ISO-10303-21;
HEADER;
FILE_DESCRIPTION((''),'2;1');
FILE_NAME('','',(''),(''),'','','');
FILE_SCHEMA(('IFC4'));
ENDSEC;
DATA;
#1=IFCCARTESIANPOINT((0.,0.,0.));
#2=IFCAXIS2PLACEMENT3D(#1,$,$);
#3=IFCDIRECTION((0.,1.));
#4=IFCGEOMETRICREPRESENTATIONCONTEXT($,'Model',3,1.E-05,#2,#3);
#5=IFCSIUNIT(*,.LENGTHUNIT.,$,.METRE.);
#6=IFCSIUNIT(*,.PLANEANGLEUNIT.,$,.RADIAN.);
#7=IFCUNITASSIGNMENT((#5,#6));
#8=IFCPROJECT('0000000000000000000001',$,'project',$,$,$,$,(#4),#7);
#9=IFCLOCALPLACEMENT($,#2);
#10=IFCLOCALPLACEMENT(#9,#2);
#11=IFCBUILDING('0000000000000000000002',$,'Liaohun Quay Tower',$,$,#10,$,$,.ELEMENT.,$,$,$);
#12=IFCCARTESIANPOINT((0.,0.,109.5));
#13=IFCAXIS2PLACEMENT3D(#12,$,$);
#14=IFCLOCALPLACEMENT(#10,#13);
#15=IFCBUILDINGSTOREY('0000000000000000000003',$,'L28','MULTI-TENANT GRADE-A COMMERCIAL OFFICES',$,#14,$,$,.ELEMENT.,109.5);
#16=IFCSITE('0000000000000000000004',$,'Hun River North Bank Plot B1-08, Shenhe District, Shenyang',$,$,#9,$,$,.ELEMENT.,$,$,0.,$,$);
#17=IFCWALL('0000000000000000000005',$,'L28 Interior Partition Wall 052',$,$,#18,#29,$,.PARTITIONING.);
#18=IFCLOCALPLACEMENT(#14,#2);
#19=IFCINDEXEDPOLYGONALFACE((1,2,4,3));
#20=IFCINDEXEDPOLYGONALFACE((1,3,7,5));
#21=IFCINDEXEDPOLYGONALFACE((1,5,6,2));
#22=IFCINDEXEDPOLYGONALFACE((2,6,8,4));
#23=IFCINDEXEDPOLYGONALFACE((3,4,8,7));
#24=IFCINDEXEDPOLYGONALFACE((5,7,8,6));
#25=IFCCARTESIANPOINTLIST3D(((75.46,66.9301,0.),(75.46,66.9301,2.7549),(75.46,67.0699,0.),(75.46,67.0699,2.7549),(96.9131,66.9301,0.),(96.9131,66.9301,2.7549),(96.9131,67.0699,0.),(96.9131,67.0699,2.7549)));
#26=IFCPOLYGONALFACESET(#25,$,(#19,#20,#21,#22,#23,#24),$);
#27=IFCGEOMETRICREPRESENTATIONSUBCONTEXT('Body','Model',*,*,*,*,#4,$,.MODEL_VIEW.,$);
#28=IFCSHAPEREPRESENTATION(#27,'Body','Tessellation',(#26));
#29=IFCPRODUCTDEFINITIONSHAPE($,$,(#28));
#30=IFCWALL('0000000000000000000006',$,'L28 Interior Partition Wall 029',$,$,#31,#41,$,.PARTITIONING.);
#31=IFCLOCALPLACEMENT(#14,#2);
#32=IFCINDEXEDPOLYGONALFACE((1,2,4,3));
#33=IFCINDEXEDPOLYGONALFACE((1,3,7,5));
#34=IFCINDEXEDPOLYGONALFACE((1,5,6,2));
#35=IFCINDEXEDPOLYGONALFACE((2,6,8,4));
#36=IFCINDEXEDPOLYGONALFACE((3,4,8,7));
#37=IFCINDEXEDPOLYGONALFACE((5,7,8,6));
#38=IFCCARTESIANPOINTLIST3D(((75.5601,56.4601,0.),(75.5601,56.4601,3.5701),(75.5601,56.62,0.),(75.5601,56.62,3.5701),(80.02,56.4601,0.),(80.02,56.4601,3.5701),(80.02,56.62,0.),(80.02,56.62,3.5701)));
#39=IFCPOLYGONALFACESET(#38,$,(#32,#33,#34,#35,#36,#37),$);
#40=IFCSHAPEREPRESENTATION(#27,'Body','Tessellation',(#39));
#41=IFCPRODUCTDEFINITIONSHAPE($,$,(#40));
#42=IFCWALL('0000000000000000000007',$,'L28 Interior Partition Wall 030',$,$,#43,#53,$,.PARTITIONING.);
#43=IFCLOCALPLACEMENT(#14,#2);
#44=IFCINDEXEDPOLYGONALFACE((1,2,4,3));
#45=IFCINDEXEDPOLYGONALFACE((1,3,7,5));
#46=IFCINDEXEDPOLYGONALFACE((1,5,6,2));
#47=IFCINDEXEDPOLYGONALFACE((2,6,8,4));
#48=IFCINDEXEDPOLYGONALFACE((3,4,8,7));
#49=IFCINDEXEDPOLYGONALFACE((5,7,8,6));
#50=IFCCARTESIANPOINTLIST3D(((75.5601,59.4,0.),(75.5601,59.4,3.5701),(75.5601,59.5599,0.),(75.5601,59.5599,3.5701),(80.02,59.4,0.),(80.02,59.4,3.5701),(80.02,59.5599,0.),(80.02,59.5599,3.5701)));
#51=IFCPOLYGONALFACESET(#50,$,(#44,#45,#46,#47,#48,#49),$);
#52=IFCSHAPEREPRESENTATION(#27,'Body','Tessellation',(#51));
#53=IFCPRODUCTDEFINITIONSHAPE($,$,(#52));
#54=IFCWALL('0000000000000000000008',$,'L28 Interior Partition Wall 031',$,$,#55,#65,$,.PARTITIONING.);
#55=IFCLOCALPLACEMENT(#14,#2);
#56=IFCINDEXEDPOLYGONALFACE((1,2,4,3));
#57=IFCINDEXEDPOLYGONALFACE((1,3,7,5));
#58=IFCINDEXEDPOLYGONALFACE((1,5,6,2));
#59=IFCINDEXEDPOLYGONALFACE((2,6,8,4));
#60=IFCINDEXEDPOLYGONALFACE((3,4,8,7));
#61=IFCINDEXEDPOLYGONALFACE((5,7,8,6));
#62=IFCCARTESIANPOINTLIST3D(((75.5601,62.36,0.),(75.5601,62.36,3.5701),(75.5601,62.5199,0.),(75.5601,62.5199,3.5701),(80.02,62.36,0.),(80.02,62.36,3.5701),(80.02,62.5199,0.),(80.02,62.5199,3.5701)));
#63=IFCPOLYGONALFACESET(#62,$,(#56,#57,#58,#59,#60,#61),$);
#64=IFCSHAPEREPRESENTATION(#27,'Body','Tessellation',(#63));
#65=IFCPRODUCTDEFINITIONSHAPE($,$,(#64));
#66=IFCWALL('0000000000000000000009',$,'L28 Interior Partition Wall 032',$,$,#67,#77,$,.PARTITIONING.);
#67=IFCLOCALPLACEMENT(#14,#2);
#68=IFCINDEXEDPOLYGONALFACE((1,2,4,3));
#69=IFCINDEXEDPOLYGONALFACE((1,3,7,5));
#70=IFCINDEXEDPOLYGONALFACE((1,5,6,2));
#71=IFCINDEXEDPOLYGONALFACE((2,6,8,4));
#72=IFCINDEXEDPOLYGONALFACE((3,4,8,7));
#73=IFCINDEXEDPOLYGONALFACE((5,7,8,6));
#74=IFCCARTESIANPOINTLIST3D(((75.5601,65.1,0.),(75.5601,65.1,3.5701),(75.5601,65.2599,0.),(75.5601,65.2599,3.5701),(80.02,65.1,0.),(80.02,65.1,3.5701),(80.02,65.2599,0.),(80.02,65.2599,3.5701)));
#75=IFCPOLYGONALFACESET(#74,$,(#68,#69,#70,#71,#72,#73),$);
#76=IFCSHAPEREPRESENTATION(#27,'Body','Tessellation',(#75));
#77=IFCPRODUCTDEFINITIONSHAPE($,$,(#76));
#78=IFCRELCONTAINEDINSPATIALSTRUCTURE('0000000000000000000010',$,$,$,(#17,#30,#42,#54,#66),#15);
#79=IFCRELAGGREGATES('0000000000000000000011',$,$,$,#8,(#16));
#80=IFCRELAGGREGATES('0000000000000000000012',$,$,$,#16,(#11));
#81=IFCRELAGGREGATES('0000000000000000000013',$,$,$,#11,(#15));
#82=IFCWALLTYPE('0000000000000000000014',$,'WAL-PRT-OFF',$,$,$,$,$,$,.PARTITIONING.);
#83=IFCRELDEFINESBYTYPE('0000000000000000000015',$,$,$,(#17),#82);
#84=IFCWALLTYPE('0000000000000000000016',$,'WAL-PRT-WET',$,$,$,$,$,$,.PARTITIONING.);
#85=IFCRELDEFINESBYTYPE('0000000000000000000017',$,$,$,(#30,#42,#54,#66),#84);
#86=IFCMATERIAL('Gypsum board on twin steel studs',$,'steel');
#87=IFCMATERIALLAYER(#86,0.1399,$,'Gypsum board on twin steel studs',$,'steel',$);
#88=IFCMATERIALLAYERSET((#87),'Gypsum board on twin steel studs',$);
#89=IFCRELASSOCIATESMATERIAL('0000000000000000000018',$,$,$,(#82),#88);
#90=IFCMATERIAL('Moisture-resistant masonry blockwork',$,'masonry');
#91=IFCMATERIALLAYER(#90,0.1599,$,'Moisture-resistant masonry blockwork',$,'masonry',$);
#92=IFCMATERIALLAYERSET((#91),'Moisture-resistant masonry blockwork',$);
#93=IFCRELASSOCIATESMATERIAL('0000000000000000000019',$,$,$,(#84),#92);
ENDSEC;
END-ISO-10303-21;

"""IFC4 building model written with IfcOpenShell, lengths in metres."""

from ifc_helpers import new_model, si_unit, direction, frame, frame_2d, origin, place, context, subcontext, project, spatial, rectangle, extrude, material, layer, layer_set, type_object, element, save


model = new_model("IFC4")

# Units and contexts
model_context = context("Model", 3, precision=1e-05, world=origin(), true_north=direction((0.0, 1.0)))
body_context = subcontext(model_context, "Body", "Model", "MODEL_VIEW")
ifc_project = project(units=[si_unit("LENGTHUNIT", "METRE"), si_unit("PLANEANGLEUNIT", "RADIAN")], contexts=[model_context])

# Site, building, storey
site_placement = place(None, origin())
site = spatial("IfcSite", under=ifc_project, at=site_placement, Name="Hun River North Bank Plot B1-08, Shenhe District, Shenyang", CompositionType="ELEMENT", RefElevation=0.0)
building_placement = place(site_placement, origin())
building = spatial("IfcBuilding", under=site, at=building_placement, Name="Liaohun Quay Tower", CompositionType="ELEMENT")
storey_placement = place(building_placement, frame((0.0, 0.0, 109.5)))
storey = spatial("IfcBuildingStorey", under=building, at=storey_placement, Name="L28", Description="MULTI-TENANT GRADE-A COMMERCIAL OFFICES", CompositionType="ELEMENT", Elevation=109.5)

# Wall
ifc_material_1 = material(Name="Gypsum board on twin steel studs", Category="steel")
ifc_layer_1 = layer(ifc_material_1, 0.1399, Name="Gypsum board on twin steel studs", Category="steel")
ifc_layer_set_1 = layer_set([ifc_layer_1], Name="Gypsum board on twin steel studs")
wall_type_1 = type_object("IfcWallType", Name="WAL-PRT-OFF", PredefinedType="PARTITIONING", material=ifc_layer_set_1)
wall_1_placement = place(storey_placement, frame((75.46, 67.0, 0.0), z_axis=(0.0, 0.0, 1.0), x_axis=(1.0, 0.0, 0.0)))
element("IfcWall", 1, at=wall_1_placement, inside=storey, type_object=wall_type_1, Name="L28 Interior Partition Wall 052", PredefinedType="PARTITIONING", context=body_context, shape_type="SweptSolid", body=[
    extrude(rectangle(XDim=21.4531, YDim=0.1399, at=frame_2d((10.7266, 0.0))), origin(), (0.0, 0.0, 1.0), 2.7549),
])

# Shared definitions
ifc_material_2 = material(Name="Moisture-resistant masonry blockwork", Category="masonry")
ifc_layer_2 = layer(ifc_material_2, 0.1599, Name="Moisture-resistant masonry blockwork", Category="masonry")
ifc_layer_set_2 = layer_set([ifc_layer_2], Name="Moisture-resistant masonry blockwork")
wall_type_2 = type_object("IfcWallType", Name="WAL-PRT-WET", PredefinedType="PARTITIONING", material=ifc_layer_set_2)

# Walls
for number, where, z_axis, x_axis, name in (
    (2, (75.5601, 56.54, 0.0), (0.0, 0.0, 1.0), (1.0, 0.0, 0.0), "L28 Interior Partition Wall 029"),
    (3, (75.5601, 59.48, 0.0), (0.0, 0.0, 1.0), (1.0, 0.0, 0.0), "L28 Interior Partition Wall 030"),
    (4, (75.5601, 62.4399, 0.0), (0.0, 0.0, 1.0), (1.0, 0.0, 0.0), "L28 Interior Partition Wall 031"),
    (5, (75.5601, 65.1799, 0.0), (0.0, 0.0, 1.0), (1.0, 0.0, 0.0), "L28 Interior Partition Wall 032"),
):
    element("IfcWall", number, at=place(storey_placement, frame(where, z_axis=z_axis, x_axis=x_axis)), inside=storey, type_object=wall_type_2, Name=name, PredefinedType="PARTITIONING", context=body_context, shape_type="SweptSolid", body=[
        extrude(rectangle(XDim=4.46, YDim=0.1599, at=frame_2d((2.23, 0.0))), origin(), (0.0, 0.0, 1.0), 3.5701),
    ])

save(model, "model.ifc")
